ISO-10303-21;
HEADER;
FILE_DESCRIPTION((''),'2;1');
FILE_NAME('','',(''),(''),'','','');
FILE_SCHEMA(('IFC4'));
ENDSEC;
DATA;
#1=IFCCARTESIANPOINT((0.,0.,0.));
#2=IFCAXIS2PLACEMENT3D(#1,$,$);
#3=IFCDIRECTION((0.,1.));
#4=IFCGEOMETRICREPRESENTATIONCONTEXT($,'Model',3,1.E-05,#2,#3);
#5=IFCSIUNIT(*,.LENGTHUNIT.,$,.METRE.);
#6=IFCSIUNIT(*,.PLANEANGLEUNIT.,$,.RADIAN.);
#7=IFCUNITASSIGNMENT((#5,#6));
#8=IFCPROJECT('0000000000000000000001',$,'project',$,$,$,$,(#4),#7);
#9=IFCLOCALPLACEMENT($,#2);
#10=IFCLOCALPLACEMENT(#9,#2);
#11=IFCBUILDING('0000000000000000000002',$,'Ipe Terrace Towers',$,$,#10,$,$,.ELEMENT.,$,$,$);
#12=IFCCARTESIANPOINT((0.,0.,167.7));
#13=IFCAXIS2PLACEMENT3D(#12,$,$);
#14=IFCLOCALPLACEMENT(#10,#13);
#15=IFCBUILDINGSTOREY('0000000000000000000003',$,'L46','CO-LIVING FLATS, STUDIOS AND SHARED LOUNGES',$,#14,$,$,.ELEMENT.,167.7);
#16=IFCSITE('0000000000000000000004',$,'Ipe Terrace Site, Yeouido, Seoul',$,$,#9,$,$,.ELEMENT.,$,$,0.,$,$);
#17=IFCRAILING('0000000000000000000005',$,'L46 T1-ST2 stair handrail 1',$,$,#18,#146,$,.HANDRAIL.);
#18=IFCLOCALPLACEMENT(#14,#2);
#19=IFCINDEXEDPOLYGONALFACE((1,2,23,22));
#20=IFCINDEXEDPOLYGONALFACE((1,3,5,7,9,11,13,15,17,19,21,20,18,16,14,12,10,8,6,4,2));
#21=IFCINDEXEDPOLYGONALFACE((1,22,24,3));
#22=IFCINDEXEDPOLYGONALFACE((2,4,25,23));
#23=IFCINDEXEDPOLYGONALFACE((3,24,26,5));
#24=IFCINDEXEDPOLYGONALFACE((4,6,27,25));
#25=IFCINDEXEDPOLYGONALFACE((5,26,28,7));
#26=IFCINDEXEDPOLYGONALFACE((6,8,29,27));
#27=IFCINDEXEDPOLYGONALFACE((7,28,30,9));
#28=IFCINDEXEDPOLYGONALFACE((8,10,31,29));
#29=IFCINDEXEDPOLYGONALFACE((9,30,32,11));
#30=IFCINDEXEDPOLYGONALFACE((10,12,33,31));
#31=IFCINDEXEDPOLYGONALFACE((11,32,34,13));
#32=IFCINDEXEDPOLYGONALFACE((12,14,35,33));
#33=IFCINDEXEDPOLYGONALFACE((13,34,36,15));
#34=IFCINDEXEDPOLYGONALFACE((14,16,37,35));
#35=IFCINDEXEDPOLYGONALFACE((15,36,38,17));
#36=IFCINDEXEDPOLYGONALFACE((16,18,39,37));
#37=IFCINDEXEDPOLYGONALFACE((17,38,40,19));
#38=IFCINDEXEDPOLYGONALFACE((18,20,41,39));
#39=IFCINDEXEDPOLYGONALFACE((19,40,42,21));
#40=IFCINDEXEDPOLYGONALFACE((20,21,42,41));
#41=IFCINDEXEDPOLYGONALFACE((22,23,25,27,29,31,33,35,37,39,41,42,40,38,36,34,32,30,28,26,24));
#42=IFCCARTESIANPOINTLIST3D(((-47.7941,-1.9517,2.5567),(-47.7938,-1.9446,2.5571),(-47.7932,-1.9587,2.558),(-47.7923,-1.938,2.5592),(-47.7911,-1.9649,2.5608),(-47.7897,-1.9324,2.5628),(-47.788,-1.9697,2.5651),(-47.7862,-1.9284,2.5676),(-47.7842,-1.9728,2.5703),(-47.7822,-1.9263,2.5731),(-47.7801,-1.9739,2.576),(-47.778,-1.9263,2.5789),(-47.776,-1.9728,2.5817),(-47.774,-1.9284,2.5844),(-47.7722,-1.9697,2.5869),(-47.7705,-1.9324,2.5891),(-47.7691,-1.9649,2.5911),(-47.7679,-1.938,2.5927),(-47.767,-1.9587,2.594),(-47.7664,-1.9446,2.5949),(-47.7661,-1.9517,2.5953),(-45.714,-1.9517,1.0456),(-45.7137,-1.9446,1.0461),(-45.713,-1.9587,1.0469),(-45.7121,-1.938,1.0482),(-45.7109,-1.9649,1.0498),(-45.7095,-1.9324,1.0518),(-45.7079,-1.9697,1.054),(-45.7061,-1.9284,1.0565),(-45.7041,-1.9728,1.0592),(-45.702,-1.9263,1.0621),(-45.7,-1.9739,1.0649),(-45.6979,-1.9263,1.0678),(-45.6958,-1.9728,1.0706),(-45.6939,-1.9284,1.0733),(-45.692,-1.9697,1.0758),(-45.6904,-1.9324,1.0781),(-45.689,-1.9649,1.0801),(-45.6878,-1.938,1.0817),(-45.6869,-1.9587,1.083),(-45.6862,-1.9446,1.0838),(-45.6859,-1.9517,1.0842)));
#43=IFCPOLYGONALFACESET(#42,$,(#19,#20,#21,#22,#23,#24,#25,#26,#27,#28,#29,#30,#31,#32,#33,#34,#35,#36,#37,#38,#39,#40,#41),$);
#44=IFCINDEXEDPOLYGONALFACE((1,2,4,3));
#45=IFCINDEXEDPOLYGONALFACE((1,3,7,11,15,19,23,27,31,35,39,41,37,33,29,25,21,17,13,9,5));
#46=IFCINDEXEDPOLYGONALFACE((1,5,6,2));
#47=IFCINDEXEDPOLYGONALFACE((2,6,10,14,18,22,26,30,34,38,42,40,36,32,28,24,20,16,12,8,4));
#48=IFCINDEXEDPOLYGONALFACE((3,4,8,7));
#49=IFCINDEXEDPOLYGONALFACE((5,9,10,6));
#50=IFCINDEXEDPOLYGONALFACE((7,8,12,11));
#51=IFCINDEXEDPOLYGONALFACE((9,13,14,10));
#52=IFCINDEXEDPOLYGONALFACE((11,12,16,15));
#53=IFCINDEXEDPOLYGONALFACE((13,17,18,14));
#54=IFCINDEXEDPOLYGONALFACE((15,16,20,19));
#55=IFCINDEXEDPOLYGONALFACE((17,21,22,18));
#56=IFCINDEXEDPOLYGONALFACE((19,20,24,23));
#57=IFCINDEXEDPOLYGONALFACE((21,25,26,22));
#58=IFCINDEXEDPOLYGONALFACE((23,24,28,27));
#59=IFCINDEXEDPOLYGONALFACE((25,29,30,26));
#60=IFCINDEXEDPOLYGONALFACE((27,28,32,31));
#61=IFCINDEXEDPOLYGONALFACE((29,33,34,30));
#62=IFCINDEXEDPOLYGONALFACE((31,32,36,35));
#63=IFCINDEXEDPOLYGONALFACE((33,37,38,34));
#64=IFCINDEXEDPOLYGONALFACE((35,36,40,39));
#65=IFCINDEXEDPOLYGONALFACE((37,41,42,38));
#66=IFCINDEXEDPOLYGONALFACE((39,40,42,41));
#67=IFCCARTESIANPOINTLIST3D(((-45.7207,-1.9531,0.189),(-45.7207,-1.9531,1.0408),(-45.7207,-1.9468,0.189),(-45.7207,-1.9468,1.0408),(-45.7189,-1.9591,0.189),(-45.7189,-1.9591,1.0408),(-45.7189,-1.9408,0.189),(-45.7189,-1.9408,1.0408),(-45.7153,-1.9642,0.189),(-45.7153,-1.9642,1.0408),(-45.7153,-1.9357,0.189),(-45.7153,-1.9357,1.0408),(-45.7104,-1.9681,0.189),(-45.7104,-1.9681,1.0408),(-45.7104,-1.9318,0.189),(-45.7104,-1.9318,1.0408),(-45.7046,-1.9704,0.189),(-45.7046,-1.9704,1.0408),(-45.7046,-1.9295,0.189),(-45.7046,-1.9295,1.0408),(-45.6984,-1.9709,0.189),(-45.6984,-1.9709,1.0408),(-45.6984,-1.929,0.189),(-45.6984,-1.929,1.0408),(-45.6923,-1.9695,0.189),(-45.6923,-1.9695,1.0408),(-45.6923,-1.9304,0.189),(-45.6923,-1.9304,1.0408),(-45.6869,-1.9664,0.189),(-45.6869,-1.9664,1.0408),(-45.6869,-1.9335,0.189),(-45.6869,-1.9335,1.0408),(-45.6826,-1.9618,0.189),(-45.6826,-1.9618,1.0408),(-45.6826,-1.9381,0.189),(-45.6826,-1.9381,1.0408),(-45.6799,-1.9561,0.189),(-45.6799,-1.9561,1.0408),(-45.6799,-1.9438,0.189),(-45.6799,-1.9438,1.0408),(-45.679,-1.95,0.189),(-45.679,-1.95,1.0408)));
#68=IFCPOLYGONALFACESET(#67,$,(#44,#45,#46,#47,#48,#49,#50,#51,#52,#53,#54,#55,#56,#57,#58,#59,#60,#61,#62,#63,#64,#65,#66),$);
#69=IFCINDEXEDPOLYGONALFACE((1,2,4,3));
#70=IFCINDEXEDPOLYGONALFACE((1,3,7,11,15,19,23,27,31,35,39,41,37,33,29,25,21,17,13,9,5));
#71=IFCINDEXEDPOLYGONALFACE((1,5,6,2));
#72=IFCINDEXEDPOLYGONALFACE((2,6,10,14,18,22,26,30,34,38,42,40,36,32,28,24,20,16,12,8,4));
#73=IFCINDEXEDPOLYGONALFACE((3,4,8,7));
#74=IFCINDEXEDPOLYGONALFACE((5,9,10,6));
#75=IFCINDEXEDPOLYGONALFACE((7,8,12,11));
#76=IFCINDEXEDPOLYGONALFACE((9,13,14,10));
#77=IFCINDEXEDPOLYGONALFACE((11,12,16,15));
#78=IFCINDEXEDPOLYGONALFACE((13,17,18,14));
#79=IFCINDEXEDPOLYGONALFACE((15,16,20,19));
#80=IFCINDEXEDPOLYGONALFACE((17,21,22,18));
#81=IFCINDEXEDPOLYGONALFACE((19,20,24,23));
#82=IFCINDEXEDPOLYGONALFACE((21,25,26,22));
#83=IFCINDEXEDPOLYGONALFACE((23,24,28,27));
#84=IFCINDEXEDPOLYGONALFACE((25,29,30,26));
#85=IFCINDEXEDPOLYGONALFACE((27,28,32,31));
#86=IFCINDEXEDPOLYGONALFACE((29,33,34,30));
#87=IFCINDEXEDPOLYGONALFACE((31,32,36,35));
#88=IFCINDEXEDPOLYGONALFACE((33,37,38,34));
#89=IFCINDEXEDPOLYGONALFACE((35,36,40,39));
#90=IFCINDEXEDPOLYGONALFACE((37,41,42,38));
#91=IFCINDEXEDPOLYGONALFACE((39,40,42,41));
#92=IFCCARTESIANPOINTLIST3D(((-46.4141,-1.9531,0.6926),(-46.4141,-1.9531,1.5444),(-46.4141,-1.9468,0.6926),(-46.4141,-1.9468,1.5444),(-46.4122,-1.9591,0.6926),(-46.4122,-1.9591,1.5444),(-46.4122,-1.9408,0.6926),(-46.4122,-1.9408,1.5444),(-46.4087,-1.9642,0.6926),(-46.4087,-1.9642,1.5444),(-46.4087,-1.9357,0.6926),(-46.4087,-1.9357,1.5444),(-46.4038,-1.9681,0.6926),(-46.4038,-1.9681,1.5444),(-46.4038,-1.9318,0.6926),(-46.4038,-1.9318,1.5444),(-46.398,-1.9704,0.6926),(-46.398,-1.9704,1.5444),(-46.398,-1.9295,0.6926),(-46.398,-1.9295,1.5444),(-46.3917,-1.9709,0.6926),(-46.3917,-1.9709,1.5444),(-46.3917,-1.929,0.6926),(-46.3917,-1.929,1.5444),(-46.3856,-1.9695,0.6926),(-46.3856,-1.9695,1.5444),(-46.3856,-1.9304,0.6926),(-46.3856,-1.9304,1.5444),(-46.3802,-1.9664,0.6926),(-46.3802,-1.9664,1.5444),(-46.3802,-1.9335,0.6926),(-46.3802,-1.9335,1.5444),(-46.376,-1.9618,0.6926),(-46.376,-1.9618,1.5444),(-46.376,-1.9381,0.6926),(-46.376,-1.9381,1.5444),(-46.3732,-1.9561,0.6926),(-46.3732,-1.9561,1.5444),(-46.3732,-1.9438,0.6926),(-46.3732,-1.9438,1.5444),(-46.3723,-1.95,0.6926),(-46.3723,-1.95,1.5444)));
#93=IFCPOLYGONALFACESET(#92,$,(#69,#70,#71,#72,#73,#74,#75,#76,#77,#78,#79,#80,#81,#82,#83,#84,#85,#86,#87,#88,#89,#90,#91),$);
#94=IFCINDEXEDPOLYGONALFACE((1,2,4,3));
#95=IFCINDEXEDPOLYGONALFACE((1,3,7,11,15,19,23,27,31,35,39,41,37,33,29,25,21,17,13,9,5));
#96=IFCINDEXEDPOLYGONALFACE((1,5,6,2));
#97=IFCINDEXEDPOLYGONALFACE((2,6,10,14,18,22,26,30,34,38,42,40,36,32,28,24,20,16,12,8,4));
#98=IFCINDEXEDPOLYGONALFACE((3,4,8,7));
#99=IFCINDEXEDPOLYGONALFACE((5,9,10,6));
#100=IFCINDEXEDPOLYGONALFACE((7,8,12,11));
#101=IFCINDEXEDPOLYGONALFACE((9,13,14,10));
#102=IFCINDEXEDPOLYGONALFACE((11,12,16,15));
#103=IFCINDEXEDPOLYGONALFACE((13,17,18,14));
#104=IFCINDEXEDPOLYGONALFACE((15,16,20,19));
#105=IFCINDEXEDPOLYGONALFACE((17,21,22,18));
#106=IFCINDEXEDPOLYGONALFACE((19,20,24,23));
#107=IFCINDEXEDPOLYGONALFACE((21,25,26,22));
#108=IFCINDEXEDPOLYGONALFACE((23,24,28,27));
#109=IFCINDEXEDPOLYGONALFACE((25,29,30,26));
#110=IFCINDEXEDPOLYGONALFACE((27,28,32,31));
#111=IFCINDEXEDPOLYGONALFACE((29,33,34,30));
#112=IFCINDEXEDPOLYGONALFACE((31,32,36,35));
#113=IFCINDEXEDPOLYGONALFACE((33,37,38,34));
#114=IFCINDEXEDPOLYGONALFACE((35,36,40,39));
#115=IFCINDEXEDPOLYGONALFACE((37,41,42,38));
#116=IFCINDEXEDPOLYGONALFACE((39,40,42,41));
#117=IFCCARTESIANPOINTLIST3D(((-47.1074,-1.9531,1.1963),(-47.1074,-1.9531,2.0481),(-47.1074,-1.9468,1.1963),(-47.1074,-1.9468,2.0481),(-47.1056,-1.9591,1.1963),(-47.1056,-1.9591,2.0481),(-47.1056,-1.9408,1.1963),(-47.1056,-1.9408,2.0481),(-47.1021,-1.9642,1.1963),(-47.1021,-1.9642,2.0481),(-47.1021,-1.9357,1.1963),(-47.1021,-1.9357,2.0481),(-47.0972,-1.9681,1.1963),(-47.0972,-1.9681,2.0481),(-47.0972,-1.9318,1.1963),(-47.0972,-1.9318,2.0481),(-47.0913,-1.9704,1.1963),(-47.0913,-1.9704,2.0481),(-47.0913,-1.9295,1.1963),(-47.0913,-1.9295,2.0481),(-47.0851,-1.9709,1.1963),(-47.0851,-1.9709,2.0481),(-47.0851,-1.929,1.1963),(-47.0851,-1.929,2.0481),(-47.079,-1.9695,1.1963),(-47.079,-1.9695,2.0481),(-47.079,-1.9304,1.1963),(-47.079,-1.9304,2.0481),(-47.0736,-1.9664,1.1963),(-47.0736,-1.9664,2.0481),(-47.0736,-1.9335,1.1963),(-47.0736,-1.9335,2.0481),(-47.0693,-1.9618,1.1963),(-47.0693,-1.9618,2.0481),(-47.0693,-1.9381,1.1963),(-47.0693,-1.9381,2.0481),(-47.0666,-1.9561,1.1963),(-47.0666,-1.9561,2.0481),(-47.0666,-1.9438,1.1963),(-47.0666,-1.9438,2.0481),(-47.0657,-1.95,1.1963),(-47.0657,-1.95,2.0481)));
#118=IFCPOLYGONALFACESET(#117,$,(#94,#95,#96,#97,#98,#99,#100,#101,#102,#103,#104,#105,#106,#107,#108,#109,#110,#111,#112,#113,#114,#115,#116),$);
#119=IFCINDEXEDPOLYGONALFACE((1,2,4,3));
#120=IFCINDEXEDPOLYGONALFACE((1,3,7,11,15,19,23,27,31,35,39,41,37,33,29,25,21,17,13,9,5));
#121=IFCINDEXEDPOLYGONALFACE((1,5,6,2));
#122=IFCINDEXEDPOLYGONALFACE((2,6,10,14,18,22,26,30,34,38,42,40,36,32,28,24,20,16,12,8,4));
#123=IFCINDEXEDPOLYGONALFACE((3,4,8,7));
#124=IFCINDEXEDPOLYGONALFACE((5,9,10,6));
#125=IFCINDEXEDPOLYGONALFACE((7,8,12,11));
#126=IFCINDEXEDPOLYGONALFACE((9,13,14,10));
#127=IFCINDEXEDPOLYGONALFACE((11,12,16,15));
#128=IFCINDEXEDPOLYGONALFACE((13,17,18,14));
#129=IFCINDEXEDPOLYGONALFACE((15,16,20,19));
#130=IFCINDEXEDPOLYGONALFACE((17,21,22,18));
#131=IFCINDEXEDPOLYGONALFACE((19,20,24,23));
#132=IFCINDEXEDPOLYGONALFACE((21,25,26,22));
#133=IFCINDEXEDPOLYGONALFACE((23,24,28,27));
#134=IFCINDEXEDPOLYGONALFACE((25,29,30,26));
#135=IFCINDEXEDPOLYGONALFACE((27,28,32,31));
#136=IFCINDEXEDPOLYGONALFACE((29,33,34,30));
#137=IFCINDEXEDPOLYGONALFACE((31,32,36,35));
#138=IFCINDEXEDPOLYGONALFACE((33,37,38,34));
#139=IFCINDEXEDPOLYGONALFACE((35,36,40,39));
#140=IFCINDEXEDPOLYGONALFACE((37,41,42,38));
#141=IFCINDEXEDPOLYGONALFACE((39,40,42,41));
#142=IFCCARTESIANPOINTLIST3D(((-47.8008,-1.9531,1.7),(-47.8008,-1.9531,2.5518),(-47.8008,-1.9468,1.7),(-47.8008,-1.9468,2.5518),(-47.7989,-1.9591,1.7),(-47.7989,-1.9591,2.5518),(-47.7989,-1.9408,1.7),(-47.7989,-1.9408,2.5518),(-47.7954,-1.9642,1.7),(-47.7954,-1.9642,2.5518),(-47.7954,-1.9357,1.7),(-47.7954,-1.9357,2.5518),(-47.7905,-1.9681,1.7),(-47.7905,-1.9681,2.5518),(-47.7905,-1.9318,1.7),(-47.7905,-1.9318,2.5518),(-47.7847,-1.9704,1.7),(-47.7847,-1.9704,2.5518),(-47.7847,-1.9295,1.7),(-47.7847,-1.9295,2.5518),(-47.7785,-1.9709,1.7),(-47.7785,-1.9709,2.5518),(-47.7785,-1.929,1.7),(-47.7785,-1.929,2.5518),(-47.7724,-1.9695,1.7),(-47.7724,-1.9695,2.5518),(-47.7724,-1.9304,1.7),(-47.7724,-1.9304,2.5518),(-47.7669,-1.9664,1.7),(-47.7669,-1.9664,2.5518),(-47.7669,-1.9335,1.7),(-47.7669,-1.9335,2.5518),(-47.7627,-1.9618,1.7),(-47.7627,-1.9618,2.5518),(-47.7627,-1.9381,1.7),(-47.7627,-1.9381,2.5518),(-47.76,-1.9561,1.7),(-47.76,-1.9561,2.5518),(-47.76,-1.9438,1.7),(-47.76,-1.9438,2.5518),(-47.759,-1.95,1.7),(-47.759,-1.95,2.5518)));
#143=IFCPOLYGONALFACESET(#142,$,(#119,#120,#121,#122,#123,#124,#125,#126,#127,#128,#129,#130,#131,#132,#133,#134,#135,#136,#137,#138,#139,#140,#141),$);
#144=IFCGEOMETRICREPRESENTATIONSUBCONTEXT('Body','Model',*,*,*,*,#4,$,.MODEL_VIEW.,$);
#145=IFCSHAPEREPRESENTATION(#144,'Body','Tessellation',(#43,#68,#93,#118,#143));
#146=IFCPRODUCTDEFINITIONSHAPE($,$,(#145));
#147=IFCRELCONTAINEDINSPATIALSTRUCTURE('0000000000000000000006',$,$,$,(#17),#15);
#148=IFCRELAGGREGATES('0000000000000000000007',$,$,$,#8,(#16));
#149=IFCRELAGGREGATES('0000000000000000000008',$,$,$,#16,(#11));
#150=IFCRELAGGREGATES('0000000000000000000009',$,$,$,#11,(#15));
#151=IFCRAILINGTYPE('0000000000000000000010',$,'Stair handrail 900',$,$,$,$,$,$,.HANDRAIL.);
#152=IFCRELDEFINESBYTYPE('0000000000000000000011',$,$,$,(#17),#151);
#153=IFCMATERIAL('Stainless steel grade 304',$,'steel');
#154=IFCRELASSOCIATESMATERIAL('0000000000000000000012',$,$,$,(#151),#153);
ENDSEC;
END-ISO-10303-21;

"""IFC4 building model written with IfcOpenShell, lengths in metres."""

from ifc_helpers import new_model, si_unit, direction, frame, origin, origin_2d, place, context, subcontext, project, spatial, circle, extrude, material, type_object, element, save


model = new_model("IFC4")

# Units and contexts
model_context = context("Model", 3, precision=1e-05, world=origin(), true_north=direction((0.0, 1.0)))
body_context = subcontext(model_context, "Body", "Model", "MODEL_VIEW")
ifc_project = project(units=[si_unit("LENGTHUNIT", "METRE"), si_unit("PLANEANGLEUNIT", "RADIAN")], contexts=[model_context])

# Site, building, storey
site_placement = place(None, origin())
site = spatial("IfcSite", under=ifc_project, at=site_placement, Name="Ipe Terrace Site, Yeouido, Seoul", CompositionType="ELEMENT", RefElevation=0.0)
building_placement = place(site_placement, origin())
building = spatial("IfcBuilding", under=site, at=building_placement, Name="Ipe Terrace Towers", CompositionType="ELEMENT")
storey_placement = place(building_placement, frame((0.0, 0.0, 167.7)))
storey = spatial("IfcBuildingStorey", under=building, at=storey_placement, Name="L46", Description="CO-LIVING FLATS, STUDIOS AND SHARED LOUNGES", CompositionType="ELEMENT", Elevation=167.7)

# Railing
ifc_material_1 = material(Name="Stainless steel grade 304", Category="steel")
railing_type = type_object("IfcRailingType", Name="Stair handrail 900", PredefinedType="HANDRAIL", material=ifc_material_1)
railing_placement = place(storey_placement, frame((-45.7, -1.95, 0.189)))
element("IfcRailing", 1, at=railing_placement, inside=storey, type_object=railing_type, Name="L46 T1-ST2 stair handrail 1", PredefinedType="HANDRAIL", context=body_context, shape_type="SweptSolid", body=[
    extrude(circle(Radius=0.0239, at=origin_2d()), frame((0.0, 0.0, 0.876), z_axis=(-0.809069, 0.0, 0.587714), x_axis=(0.0, -1.0, 0.0)), (0.0, 0.0, 1.0), 2.571),
    extrude(circle(Radius=0.021, at=origin_2d()), origin(), (0.0, 0.0, 1.0), 0.8518),
    extrude(circle(Radius=0.021, at=origin_2d()), frame((-0.6934, 0.0, 0.5037)), (0.0, 0.0, 1.0), 0.8518),
    extrude(circle(Radius=0.021, at=origin_2d()), frame((-1.3867, 0.0, 1.0073)), (0.0, 0.0, 1.0), 0.8518),
    extrude(circle(Radius=0.021, at=origin_2d()), frame((-2.0801, 0.0, 1.511)), (0.0, 0.0, 1.0), 0.8518),
])

save(model, "model.ifc")
